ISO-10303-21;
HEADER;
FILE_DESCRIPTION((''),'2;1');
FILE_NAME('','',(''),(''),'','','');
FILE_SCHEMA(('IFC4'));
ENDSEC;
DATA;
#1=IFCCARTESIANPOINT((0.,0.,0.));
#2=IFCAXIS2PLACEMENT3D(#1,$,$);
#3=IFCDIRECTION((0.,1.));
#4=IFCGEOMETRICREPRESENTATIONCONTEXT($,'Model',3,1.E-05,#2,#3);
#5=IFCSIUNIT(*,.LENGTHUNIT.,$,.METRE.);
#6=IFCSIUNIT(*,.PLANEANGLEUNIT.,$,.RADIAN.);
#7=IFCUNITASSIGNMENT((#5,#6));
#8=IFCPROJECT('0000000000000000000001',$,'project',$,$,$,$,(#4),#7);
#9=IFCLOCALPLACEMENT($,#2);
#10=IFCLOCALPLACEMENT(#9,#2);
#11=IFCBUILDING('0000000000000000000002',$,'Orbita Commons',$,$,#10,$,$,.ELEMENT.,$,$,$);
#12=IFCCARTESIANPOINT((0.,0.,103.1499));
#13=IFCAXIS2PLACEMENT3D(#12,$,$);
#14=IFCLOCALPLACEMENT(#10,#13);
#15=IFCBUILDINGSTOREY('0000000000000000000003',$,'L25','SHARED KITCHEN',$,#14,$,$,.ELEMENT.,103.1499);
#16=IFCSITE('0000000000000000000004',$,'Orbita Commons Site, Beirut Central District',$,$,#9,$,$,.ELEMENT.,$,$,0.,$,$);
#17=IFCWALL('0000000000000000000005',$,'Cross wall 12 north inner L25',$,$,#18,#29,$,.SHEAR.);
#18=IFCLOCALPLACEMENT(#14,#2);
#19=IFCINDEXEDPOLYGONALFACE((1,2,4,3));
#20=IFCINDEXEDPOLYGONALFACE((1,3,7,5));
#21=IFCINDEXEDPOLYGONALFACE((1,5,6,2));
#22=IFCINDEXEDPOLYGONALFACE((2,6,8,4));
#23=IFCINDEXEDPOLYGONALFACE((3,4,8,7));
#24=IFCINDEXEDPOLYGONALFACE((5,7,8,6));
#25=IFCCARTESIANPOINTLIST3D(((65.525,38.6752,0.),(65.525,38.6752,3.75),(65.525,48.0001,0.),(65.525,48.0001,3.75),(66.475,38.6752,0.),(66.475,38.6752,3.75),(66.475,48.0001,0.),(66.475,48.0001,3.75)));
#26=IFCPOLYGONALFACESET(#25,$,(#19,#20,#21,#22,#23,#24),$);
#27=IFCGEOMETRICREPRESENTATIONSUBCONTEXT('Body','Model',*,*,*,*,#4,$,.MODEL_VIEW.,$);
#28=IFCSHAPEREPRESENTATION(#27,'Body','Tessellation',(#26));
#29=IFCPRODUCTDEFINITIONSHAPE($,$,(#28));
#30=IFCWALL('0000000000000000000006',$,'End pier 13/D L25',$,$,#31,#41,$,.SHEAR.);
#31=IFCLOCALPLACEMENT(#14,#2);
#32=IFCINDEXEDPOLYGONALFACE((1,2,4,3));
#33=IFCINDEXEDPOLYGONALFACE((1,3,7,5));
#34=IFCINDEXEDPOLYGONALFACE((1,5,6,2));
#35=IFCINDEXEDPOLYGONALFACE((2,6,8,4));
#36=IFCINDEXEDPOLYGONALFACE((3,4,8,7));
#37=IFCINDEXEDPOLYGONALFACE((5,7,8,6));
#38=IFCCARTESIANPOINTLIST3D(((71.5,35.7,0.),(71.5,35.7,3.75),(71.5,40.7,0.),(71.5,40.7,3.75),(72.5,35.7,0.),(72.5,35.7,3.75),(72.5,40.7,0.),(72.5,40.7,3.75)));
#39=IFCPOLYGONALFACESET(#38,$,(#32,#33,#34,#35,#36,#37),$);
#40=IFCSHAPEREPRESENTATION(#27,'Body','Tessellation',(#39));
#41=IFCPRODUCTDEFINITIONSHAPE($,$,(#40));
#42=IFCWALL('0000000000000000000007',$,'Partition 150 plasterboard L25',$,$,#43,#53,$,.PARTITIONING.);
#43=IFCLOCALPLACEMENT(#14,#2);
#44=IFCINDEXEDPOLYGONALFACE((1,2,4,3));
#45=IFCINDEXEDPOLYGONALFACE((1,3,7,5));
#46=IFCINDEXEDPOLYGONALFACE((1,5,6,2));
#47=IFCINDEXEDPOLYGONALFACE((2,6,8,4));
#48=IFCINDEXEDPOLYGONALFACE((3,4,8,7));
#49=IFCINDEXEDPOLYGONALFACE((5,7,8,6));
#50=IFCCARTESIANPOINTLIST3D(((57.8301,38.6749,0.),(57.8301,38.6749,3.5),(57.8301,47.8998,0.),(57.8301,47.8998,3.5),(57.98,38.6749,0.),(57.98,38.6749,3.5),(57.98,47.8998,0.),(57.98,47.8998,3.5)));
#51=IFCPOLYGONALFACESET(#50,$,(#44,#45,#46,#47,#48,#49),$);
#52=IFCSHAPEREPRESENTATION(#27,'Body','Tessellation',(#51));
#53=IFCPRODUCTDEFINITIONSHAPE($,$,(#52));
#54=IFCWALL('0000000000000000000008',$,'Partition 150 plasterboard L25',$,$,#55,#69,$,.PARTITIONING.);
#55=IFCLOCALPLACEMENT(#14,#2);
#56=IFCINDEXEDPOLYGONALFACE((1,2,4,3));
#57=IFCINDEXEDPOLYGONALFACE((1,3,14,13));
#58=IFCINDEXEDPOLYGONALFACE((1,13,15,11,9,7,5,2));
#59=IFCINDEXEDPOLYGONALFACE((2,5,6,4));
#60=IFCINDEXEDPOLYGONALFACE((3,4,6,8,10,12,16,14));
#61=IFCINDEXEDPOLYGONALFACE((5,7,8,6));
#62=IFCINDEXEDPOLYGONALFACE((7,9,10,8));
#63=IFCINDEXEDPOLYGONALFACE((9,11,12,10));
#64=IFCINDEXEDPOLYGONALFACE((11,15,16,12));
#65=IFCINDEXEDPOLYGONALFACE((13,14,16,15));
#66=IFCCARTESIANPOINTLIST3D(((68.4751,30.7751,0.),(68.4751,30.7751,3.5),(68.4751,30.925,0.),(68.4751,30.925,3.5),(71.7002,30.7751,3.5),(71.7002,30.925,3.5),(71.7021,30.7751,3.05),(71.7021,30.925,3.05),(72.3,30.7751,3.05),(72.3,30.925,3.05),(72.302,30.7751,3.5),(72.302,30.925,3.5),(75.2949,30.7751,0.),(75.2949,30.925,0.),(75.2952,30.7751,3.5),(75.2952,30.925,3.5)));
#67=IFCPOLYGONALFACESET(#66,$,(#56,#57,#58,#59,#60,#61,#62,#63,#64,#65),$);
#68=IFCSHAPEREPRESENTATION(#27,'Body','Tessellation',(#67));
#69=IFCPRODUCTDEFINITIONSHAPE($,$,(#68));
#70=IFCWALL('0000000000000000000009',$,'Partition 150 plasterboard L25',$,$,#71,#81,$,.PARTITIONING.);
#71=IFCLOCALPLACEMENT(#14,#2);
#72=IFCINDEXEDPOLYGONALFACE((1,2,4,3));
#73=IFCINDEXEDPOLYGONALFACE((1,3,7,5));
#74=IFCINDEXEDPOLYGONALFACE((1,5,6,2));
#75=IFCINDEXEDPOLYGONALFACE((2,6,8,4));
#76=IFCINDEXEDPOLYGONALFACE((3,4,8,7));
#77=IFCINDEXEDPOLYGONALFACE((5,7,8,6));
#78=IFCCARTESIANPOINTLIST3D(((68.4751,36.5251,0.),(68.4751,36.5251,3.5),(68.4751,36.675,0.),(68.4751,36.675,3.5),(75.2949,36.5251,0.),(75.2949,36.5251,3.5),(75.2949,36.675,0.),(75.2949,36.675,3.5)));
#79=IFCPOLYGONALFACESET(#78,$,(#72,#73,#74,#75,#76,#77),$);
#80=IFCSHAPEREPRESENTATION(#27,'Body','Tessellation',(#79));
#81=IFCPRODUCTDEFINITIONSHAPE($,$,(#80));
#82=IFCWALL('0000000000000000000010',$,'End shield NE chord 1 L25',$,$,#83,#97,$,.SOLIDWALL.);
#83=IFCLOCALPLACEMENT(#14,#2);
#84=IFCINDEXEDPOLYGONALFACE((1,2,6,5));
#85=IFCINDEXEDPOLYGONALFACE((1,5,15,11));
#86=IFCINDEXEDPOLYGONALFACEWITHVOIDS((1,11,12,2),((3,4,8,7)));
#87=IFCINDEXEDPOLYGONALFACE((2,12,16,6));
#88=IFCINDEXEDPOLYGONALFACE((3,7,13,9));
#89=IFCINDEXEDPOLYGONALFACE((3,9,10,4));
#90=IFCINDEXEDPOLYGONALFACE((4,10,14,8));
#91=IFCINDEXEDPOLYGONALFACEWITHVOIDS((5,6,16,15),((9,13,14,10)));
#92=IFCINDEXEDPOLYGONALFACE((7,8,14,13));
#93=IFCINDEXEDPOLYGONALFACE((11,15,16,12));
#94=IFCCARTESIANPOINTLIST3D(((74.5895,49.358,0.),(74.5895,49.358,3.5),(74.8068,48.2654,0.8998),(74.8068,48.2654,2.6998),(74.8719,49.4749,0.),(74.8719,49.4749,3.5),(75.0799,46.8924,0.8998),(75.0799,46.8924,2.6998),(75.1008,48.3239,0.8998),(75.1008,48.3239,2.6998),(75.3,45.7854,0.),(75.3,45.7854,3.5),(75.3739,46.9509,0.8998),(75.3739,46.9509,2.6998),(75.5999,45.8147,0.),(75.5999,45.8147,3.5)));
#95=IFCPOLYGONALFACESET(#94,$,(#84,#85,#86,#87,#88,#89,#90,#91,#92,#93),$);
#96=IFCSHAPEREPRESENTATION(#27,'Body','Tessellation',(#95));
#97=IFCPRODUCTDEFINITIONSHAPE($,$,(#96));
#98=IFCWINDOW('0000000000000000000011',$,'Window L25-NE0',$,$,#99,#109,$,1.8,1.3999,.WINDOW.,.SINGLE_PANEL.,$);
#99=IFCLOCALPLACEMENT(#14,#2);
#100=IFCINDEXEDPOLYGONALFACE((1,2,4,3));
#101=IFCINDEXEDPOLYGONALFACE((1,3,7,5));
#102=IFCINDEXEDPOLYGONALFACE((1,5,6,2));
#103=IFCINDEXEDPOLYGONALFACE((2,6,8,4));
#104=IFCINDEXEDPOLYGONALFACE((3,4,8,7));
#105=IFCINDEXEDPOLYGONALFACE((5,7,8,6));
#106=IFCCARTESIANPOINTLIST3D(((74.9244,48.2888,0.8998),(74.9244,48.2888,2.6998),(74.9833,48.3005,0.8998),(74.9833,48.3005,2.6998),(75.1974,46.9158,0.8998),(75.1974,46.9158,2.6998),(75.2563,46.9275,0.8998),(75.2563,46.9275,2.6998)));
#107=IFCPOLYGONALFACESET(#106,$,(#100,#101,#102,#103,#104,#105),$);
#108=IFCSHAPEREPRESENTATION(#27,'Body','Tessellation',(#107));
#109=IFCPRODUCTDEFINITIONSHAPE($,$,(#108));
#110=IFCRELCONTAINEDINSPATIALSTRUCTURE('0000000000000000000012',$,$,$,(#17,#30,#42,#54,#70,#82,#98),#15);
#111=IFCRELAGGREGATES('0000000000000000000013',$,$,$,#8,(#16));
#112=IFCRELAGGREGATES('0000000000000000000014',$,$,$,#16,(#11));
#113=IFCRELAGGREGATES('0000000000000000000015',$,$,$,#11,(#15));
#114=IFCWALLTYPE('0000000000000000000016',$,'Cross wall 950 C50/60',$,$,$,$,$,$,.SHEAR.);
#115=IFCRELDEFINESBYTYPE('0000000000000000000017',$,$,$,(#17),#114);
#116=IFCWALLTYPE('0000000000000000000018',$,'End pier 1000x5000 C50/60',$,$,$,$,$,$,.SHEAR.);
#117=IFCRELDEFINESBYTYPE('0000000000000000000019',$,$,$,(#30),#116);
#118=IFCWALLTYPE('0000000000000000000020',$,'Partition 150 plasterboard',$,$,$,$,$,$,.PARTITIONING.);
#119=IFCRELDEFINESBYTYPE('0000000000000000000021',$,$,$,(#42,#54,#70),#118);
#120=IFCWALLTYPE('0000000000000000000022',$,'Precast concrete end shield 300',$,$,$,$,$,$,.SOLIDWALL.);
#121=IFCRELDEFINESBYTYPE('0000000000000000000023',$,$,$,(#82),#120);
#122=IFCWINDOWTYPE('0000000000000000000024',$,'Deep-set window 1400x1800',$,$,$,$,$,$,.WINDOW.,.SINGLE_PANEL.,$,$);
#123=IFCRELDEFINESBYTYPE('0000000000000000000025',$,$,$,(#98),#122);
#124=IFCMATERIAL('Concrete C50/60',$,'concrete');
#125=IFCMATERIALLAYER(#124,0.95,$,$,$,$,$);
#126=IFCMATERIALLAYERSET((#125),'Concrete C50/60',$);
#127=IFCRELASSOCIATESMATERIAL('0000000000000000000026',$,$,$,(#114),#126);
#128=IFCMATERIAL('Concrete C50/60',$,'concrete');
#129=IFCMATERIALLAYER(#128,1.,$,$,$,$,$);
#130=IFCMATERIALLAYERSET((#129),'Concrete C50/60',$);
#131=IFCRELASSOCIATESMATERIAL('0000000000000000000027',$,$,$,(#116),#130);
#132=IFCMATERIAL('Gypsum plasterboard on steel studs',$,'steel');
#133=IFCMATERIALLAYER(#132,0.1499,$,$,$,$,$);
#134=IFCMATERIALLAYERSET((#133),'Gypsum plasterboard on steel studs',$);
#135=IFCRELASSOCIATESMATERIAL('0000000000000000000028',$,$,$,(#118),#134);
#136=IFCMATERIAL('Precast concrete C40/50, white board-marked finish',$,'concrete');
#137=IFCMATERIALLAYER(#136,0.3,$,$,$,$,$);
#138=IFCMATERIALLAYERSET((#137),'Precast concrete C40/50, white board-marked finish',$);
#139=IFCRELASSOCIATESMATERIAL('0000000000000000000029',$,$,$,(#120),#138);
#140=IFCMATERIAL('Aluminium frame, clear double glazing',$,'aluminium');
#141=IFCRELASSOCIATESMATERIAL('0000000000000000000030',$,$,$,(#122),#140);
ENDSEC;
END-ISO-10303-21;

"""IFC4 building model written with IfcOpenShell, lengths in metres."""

from ifc_helpers import new_model, si_unit, direction, frame, frame_2d, origin, place, context, subcontext, project, spatial, polyline, rectangle, outline, extrude, material, layer, layer_set, type_object, element, fill, save


model = new_model("IFC4")

# Units and contexts
model_context = context("Model", 3, precision=1e-05, world=origin(), true_north=direction((0.0, 1.0)))
body_context = subcontext(model_context, "Body", "Model", "MODEL_VIEW")
ifc_project = project(units=[si_unit("LENGTHUNIT", "METRE"), si_unit("PLANEANGLEUNIT", "RADIAN")], contexts=[model_context])

# Site, building, storey
site_placement = place(None, origin())
site = spatial("IfcSite", under=ifc_project, at=site_placement, Name="Orbita Commons Site, Beirut Central District", CompositionType="ELEMENT", RefElevation=0.0)
building_placement = place(site_placement, origin())
building = spatial("IfcBuilding", under=site, at=building_placement, Name="Orbita Commons", CompositionType="ELEMENT")
storey_placement = place(building_placement, frame((0.0, 0.0, 103.1499)))
storey = spatial("IfcBuildingStorey", under=building, at=storey_placement, Name="L25", Description="SHARED KITCHEN", CompositionType="ELEMENT", Elevation=103.1499)

# Walls
ifc_material_1 = material(Name="Concrete C50/60", Category="concrete")
ifc_layer_1 = layer(ifc_material_1, 0.95)
ifc_layer_set_1 = layer_set([ifc_layer_1], Name="Concrete C50/60")
wall_type_1 = type_object("IfcWallType", Name="Cross wall 950 C50/60", PredefinedType="SHEAR", material=ifc_layer_set_1)
for number, where, z_axis, x_axis, name in (
    (1, (66.0, 38.675, 0.0), (0.0, 0.0, 1.0), (0.0, 1.0, 0.0), "Cross wall 12 north inner L25"),
):
    element("IfcWall", number, at=place(storey_placement, frame(where, z_axis=z_axis, x_axis=x_axis)), inside=storey, type_object=wall_type_1, Name=name, PredefinedType="SHEAR", context=body_context, shape_type="SweptSolid", body=[
        extrude(rectangle(XDim=9.325, YDim=0.95, at=frame_2d((4.6626, 0.0))), origin(), (0.0, 0.0, 1.0), 3.75),
    ])
ifc_material_2 = material(Name="Concrete C50/60", Category="concrete")
ifc_layer_2 = layer(ifc_material_2, 1.0)
ifc_layer_set_2 = layer_set([ifc_layer_2], Name="Concrete C50/60")
wall_type_2 = type_object("IfcWallType", Name="End pier 1000x5000 C50/60", PredefinedType="SHEAR", material=ifc_layer_set_2)
wall_1_placement = place(storey_placement, frame((72.0, 35.7, 0.0), z_axis=(0.0, 0.0, 1.0), x_axis=(0.0, 1.0, 0.0)))
element("IfcWall", 2, at=wall_1_placement, inside=storey, type_object=wall_type_2, Name="End pier 13/D L25", PredefinedType="SHEAR", context=body_context, shape_type="SweptSolid", body=[
    extrude(rectangle(XDim=5.0, YDim=1.0, at=frame_2d((2.5, 0.0))), origin(), (0.0, 0.0, 1.0), 3.75),
])
ifc_material_3 = material(Name="Gypsum plasterboard on steel studs", Category="steel")
ifc_layer_3 = layer(ifc_material_3, 0.1499)
ifc_layer_set_3 = layer_set([ifc_layer_3], Name="Gypsum plasterboard on steel studs")
wall_type_3 = type_object("IfcWallType", Name="Partition 150 plasterboard", PredefinedType="PARTITIONING", material=ifc_layer_set_3)
wall_2_placement = place(storey_placement, frame((57.905, 38.675, 0.0), z_axis=(0.0, 0.0, 1.0), x_axis=(0.0, 1.0, 0.0)))
element("IfcWall", 3, at=wall_2_placement, inside=storey, type_object=wall_type_3, Name="Partition 150 plasterboard L25", PredefinedType="PARTITIONING", context=body_context, shape_type="SweptSolid", body=[
    extrude(rectangle(XDim=9.2249, YDim=0.1499, at=frame_2d((4.6123, 0.0))), origin(), (0.0, 0.0, 1.0), 3.5),
])
wall_3_placement = place(storey_placement, frame((68.4751, 30.8501, 0.0), z_axis=(0.0, 0.0, 1.0), x_axis=(1.0, 0.0, 0.0)))
element("IfcWall", 4, at=wall_3_placement, inside=storey, type_object=wall_type_3, Name="Partition 150 plasterboard L25", PredefinedType="PARTITIONING", context=body_context, shape_type="SweptSolid", body=[
    extrude(outline(polyline([(0.0, 0.0), (6.8198, 0.0), (6.8201, 3.5), (3.8269, 3.5), (3.825, 3.05), (3.2271, 3.05), (3.2251, 3.5), (0.0, 3.5), (0.0, 0.0)])), frame((0.0, 0.075, 0.0), z_axis=(0.0, -1.0, 0.0), x_axis=(1.0, 0.0, 0.0)), (0.0, 0.0, 1.0), 0.1499),
])
wall_4_placement = place(storey_placement, frame((68.4751, 36.6001, 0.0), z_axis=(0.0, 0.0, 1.0), x_axis=(1.0, 0.0, 0.0)))
element("IfcWall", 5, at=wall_4_placement, inside=storey, type_object=wall_type_3, Name="Partition 150 plasterboard L25", PredefinedType="PARTITIONING", context=body_context, shape_type="SweptSolid", body=[
    extrude(rectangle(XDim=6.8198, YDim=0.1499, at=frame_2d((3.4099, 0.0))), origin(), (0.0, 0.0, 1.0), 3.5),
])

# Wall, opening, window
ifc_material_4 = material(Name="Precast concrete C40/50, white board-marked finish", Category="concrete")
ifc_layer_4 = layer(ifc_material_4, 0.3)
ifc_layer_set_4 = layer_set([ifc_layer_4], Name="Precast concrete C40/50, white board-marked finish")
wall_type_4 = type_object("IfcWallType", Name="Precast concrete end shield 300", PredefinedType="SOLIDWALL", material=ifc_layer_set_4)
wall_5_placement = place(storey_placement, frame((75.45, 45.8, 0.0), z_axis=(0.0, 0.0, 1.0), x_axis=(-0.195059, 0.980791, 0.0)))
wall_5 = element("IfcWall", 6, at=wall_5_placement, inside=storey, type_object=wall_type_4, Name="End shield NE chord 1 L25", PredefinedType="SOLIDWALL", context=body_context, shape_type="SweptSolid", body=[
    extrude(outline(polyline([(-0.0149, -0.1499), (3.717, -0.1499), (3.6575, 0.1499), (0.0149, 0.1499), (-0.0149, -0.1499)])), origin(), (0.0, 0.0, 1.0), 3.5),
])
opening_1_placement = place(wall_5_placement, frame((1.1436, 0.0, 0.8999)))
opening_1 = element("IfcOpeningElement", 7, at=opening_1_placement, cuts=wall_5, PredefinedType="OPENING", context=body_context, shape_type="SweptSolid", body=[
    extrude(rectangle(XDim=1.3999, YDim=1.8, at=frame_2d((0.7, 0.8999))), frame((0.0, 0.1599, 0.0), z_axis=(0.0, -1.0, 0.0), x_axis=(1.0, 0.0, 0.0)), (0.0, 0.0, 1.0), 0.3201),
])
ifc_material_5 = material(Name="Aluminium frame, clear double glazing", Category="aluminium")
window_type = type_object("IfcWindowType", Name="Deep-set window 1400x1800", PartitioningType="SINGLE_PANEL", PredefinedType="WINDOW", material=ifc_material_5)
window_placement = place(opening_1_placement, origin())
window = element("IfcWindow", 8, at=window_placement, inside=storey, type_object=window_type, Name="Window L25-NE0", OverallHeight=1.8, OverallWidth=1.3999, PartitioningType="SINGLE_PANEL", PredefinedType="WINDOW", context=body_context, shape_type="SweptSolid", body=[
    extrude(rectangle(XDim=1.3999, YDim=1.8, at=frame_2d((0.7, 0.8999))), frame((0.0, 0.03, 0.0), z_axis=(0.0, -1.0, 0.0), x_axis=(1.0, 0.0, 0.0)), (0.0, 0.0, 1.0), 0.0601),
])
fill(opening_1, window)

save(model, "model.ifc")
